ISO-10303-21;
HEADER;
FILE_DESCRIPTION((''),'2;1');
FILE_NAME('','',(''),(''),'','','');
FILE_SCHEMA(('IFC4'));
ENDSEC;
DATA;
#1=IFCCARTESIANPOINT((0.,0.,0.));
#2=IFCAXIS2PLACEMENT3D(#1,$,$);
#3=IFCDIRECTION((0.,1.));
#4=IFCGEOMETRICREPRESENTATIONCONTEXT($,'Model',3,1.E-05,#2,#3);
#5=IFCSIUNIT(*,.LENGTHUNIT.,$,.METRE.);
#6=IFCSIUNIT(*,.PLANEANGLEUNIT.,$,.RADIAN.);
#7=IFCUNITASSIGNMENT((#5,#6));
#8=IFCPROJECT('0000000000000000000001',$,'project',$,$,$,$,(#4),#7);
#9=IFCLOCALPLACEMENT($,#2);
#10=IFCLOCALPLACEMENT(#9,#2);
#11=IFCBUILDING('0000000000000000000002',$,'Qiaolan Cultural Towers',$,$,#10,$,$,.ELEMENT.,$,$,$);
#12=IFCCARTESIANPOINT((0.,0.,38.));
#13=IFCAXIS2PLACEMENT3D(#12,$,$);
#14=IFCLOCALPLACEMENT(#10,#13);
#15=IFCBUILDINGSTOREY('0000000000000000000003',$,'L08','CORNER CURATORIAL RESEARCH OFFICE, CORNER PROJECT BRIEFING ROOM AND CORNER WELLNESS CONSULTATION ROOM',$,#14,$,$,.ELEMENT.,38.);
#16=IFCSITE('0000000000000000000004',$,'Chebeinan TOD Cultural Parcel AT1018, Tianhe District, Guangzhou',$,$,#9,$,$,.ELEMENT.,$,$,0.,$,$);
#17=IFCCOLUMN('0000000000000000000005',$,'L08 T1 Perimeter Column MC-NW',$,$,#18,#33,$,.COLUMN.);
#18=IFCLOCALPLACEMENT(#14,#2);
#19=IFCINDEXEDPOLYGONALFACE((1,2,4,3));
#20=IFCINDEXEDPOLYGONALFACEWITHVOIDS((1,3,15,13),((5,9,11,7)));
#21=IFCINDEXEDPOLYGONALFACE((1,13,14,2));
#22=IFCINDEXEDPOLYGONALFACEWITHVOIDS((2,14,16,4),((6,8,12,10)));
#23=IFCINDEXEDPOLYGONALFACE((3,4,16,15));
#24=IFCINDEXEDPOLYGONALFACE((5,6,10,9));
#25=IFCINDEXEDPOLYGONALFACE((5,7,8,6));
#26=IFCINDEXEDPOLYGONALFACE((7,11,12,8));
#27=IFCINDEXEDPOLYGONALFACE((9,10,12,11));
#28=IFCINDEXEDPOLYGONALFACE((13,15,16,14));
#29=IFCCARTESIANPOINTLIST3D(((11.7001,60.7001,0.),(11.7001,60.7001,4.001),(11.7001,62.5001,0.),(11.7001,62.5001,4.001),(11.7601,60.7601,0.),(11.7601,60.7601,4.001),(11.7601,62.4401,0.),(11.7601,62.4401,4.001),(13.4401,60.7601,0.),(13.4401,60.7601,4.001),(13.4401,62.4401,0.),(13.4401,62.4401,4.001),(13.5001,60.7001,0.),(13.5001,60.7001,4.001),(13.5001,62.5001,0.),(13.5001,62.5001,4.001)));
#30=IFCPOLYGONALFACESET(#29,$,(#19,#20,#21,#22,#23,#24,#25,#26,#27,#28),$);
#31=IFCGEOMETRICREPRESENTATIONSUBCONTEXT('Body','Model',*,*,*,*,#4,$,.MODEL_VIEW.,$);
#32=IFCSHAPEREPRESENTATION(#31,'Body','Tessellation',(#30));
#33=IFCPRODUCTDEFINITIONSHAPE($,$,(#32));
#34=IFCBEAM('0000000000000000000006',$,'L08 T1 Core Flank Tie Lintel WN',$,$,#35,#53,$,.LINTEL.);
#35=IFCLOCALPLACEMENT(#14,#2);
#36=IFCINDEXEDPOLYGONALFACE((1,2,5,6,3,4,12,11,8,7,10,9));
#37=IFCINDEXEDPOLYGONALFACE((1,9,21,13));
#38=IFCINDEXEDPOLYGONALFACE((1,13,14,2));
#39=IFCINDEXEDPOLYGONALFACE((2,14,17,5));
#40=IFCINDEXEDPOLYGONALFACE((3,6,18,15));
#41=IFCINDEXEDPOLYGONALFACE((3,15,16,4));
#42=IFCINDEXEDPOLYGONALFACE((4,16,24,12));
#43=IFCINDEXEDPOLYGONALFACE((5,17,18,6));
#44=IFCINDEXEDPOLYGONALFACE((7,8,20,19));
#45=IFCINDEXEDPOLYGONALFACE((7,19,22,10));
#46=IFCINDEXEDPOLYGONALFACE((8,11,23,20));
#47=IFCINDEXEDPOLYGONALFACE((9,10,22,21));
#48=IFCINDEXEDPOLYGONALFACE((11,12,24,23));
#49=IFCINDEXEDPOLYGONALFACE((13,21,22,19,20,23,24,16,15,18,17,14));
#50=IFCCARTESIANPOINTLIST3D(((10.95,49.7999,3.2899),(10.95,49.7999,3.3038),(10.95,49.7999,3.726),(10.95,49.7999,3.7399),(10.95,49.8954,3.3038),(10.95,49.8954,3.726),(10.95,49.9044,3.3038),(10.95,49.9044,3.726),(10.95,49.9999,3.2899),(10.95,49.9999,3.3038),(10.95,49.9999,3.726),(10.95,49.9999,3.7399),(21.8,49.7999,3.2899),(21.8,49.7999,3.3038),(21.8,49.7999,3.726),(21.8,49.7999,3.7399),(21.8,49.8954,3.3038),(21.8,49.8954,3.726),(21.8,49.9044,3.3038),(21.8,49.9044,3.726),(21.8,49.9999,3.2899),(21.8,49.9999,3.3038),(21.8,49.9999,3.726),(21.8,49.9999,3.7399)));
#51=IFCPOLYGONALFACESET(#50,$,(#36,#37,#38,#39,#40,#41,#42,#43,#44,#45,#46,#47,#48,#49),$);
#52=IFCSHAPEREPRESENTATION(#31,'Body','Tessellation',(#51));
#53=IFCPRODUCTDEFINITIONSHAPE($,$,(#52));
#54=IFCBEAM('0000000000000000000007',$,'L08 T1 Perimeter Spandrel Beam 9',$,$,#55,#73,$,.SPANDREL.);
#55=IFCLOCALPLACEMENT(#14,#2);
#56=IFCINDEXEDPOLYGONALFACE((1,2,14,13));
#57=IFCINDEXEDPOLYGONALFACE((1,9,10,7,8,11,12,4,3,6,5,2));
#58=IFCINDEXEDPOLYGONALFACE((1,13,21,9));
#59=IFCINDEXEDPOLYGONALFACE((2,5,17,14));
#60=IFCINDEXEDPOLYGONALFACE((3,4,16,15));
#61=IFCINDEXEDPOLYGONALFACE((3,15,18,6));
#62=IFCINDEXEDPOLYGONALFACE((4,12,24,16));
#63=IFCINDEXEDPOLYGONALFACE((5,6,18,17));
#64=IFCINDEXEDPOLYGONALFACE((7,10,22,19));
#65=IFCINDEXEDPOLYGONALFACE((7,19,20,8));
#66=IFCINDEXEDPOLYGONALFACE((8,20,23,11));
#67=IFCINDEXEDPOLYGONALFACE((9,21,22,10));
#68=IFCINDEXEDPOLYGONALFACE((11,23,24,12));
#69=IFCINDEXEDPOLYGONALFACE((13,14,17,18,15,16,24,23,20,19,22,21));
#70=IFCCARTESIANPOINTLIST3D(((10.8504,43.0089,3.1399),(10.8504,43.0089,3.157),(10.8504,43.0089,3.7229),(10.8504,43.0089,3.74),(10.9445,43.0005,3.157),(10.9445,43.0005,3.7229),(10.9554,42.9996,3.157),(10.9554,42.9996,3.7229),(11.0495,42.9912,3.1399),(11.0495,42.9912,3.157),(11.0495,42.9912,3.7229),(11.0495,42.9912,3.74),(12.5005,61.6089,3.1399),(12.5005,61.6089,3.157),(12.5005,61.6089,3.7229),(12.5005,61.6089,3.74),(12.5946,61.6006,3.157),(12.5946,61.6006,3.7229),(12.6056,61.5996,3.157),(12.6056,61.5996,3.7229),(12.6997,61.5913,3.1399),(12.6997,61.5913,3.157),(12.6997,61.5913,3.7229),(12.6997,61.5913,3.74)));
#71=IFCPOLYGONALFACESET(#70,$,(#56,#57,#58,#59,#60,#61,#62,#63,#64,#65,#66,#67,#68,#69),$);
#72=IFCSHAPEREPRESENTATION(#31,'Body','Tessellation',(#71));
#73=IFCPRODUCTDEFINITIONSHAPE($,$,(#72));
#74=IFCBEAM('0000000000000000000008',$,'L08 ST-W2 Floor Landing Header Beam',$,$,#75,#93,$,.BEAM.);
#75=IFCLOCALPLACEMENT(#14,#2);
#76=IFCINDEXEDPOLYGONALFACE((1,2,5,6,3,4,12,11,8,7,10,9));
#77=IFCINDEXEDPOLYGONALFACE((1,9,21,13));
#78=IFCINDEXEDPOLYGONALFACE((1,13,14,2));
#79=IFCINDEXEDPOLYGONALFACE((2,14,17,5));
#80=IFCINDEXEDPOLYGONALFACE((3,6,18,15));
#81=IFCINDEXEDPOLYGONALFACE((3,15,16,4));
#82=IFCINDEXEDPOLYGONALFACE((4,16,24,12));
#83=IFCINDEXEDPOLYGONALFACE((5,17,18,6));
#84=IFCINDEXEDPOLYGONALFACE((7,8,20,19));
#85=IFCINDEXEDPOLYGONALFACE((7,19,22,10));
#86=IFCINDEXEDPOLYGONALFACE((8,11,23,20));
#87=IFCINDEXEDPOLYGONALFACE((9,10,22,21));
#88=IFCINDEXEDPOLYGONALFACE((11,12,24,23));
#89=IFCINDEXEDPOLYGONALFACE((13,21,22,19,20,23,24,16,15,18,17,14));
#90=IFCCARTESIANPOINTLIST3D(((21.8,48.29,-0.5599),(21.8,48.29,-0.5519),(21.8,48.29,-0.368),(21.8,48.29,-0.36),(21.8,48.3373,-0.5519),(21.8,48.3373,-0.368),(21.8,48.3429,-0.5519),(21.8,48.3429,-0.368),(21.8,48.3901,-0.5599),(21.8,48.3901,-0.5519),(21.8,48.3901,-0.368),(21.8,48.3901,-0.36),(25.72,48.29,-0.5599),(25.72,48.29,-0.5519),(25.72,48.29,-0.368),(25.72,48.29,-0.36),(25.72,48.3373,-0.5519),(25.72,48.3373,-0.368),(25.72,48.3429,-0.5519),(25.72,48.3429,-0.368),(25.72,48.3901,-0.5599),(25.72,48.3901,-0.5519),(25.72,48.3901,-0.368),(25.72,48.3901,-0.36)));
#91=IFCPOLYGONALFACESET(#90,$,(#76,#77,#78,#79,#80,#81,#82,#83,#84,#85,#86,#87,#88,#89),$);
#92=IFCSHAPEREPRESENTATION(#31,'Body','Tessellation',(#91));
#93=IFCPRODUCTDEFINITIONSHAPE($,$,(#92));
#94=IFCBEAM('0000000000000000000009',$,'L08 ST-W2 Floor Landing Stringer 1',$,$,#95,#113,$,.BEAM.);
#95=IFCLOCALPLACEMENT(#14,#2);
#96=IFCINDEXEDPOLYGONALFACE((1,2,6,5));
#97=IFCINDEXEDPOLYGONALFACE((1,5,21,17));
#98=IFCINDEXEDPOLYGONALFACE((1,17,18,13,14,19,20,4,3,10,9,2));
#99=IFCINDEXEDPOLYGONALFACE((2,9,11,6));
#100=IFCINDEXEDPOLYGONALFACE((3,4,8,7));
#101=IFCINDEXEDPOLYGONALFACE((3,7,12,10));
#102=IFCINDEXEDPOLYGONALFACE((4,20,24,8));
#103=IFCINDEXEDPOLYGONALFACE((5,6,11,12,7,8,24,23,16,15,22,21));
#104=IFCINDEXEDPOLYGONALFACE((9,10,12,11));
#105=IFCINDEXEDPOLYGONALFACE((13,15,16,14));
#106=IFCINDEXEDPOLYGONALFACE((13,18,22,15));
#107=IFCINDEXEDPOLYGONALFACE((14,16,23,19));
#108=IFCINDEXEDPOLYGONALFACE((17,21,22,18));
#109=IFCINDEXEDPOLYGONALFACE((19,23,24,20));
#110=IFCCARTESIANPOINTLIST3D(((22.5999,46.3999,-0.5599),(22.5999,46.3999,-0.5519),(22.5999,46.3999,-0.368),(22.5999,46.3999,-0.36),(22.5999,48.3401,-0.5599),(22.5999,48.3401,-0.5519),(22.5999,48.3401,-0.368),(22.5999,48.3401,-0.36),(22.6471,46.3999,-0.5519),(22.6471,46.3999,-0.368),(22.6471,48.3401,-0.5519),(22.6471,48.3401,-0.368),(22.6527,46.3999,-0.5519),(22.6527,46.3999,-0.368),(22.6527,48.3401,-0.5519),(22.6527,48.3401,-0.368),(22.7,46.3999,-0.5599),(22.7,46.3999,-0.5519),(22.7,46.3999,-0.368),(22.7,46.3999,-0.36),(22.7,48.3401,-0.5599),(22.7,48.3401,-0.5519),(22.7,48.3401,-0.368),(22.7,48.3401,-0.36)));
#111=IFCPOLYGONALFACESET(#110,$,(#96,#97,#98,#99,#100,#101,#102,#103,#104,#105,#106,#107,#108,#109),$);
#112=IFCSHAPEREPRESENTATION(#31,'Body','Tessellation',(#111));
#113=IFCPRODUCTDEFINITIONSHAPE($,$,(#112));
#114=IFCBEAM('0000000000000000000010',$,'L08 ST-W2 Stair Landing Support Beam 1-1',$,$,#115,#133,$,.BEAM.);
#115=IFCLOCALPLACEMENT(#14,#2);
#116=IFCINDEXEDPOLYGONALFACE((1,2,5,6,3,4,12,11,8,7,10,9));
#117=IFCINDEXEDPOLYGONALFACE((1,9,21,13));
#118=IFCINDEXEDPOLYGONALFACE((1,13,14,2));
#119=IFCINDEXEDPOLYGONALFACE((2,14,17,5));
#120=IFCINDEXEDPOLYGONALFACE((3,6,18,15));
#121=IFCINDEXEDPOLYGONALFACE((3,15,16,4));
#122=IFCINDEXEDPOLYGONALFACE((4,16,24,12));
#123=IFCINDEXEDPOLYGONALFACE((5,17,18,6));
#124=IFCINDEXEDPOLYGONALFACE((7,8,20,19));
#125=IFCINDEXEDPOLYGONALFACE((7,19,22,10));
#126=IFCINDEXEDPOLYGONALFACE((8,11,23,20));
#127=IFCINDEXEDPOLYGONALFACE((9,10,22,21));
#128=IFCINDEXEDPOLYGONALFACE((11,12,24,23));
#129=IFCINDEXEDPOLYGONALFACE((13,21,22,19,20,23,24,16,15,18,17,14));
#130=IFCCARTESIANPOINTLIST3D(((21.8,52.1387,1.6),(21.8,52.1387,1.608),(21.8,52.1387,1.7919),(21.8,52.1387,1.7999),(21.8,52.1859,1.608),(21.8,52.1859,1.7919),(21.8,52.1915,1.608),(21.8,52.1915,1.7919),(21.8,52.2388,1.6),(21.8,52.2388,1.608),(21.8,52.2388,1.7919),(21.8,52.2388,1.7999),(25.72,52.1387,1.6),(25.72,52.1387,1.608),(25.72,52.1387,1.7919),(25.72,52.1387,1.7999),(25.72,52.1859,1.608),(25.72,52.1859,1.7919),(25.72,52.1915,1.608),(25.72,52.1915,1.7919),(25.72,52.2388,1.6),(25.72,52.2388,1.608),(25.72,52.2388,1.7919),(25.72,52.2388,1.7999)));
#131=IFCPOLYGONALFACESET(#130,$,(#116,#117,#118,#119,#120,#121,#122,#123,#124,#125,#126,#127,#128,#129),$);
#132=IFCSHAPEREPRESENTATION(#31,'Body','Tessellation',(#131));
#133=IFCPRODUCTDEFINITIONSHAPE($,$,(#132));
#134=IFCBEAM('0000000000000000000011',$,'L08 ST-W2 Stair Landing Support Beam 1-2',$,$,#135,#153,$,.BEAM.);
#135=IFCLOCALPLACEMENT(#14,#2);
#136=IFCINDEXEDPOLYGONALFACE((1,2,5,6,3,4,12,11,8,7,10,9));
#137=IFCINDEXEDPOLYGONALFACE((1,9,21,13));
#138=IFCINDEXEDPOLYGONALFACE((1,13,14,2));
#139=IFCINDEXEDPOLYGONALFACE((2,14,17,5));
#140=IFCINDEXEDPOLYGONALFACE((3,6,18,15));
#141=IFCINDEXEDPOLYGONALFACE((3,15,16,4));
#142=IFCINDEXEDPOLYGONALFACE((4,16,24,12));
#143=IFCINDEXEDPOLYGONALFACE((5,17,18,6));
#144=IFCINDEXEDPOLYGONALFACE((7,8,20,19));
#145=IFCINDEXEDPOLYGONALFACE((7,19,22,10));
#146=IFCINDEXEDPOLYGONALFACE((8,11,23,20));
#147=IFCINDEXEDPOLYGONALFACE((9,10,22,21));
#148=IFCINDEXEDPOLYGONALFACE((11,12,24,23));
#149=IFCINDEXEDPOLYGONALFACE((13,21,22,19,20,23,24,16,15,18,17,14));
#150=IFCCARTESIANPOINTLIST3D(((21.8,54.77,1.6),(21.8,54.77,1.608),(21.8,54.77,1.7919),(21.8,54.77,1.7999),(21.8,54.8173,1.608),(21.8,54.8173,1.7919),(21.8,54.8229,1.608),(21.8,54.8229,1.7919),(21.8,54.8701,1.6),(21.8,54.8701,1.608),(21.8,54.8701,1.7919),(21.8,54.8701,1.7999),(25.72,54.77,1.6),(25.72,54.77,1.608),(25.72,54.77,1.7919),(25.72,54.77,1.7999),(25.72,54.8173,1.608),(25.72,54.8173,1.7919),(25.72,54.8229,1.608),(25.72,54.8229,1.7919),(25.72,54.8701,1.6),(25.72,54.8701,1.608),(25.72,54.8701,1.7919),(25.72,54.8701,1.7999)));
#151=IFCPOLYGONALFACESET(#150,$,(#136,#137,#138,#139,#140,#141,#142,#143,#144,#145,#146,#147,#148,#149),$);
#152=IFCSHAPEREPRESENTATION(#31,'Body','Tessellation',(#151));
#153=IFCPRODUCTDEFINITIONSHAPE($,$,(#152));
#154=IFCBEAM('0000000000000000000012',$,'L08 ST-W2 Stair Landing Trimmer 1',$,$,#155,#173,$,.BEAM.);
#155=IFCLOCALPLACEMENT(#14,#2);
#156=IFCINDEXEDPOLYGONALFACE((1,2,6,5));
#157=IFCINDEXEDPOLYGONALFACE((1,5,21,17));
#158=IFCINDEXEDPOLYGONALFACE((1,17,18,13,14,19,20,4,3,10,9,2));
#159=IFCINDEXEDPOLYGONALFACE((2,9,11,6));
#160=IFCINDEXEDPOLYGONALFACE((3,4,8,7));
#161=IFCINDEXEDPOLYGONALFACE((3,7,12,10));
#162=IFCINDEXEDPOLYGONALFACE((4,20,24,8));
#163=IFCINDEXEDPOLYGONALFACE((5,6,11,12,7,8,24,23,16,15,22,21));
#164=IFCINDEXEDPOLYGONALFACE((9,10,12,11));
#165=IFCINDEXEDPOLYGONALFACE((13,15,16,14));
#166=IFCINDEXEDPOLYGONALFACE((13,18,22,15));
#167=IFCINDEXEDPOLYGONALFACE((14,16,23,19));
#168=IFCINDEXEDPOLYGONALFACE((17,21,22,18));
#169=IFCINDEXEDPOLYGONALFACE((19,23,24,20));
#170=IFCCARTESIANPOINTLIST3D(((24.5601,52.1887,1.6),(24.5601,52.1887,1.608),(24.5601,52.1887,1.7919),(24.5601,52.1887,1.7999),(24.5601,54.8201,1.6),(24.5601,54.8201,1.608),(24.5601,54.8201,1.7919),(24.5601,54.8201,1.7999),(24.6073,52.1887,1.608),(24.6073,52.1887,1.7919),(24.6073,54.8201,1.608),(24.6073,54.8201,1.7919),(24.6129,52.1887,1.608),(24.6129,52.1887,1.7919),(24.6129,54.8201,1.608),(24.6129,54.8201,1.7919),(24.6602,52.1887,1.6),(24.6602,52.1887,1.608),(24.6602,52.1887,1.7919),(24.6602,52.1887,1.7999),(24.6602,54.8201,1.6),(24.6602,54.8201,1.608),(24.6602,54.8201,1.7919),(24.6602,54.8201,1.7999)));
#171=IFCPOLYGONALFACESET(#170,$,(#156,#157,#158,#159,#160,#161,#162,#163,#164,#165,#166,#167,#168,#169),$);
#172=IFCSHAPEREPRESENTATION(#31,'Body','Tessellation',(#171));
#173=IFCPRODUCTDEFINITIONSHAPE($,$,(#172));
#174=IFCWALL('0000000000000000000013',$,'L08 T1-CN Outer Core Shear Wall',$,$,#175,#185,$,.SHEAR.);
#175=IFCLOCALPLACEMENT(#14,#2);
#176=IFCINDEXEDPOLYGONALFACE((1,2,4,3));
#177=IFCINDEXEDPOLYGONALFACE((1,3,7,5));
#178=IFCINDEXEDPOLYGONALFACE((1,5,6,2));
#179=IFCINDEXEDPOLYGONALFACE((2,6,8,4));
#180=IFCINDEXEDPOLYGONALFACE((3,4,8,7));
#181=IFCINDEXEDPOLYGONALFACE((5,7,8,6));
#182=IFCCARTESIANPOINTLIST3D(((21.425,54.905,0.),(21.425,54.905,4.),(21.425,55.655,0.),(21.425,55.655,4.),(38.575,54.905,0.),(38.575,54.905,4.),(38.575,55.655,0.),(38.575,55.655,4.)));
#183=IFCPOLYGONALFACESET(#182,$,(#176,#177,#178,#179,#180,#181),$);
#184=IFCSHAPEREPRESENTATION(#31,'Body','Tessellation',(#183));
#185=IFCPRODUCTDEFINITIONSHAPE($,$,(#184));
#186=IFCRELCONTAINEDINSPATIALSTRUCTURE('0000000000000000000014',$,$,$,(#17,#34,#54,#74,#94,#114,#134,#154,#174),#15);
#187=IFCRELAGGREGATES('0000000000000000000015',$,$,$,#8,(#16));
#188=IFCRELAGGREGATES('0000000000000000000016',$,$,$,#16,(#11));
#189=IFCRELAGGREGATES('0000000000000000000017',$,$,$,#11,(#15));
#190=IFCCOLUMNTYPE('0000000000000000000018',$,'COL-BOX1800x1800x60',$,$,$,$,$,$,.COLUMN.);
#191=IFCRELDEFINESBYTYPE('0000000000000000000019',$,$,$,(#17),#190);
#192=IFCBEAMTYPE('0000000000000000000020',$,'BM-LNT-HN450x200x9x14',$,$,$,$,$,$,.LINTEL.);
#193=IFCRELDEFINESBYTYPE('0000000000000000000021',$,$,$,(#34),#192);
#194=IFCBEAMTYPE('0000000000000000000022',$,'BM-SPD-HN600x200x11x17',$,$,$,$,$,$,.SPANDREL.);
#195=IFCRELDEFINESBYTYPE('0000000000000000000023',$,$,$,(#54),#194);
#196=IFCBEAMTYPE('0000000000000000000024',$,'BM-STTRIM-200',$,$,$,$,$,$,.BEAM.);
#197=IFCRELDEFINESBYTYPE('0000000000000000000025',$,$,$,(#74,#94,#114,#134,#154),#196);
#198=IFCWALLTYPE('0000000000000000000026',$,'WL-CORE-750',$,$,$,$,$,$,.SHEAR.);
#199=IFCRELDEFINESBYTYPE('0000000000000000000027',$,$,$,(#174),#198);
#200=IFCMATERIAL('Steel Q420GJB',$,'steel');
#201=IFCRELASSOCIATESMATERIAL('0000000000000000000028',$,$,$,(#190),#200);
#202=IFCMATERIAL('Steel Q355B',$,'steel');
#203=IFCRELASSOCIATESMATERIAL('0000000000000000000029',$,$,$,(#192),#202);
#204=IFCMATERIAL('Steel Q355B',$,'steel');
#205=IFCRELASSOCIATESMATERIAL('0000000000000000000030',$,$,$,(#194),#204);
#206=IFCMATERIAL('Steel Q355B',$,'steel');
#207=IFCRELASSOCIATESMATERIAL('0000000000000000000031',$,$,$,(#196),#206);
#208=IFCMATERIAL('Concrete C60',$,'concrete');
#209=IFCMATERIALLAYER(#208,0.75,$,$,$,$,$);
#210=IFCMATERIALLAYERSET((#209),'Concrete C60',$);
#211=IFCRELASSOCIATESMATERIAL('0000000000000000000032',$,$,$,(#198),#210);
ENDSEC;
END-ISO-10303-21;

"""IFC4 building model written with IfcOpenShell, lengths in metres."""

from ifc_helpers import new_model, si_unit, direction, frame, frame_2d, origin, origin_2d, place, context, subcontext, project, spatial, rectangle, hollow_rectangle, i_section, extrude, material, layer, layer_set, material_profile, profile_set, type_object, element, save


model = new_model("IFC4")

# Units and contexts
model_context = context("Model", 3, precision=1e-05, world=origin(), true_north=direction((0.0, 1.0)))
body_context = subcontext(model_context, "Body", "Model", "MODEL_VIEW")
ifc_project = project(units=[si_unit("LENGTHUNIT", "METRE"), si_unit("PLANEANGLEUNIT", "RADIAN")], contexts=[model_context])

# Site, building, storey
site_placement = place(None, origin())
site = spatial("IfcSite", under=ifc_project, at=site_placement, Name="Chebeinan TOD Cultural Parcel AT1018, Tianhe District, Guangzhou", CompositionType="ELEMENT", RefElevation=0.0)
building_placement = place(site_placement, origin())
building = spatial("IfcBuilding", under=site, at=building_placement, Name="Qiaolan Cultural Towers", CompositionType="ELEMENT")
storey_placement = place(building_placement, frame((0.0, 0.0, 38.0)))
storey = spatial("IfcBuildingStorey", under=building, at=storey_placement, Name="L08", Description="CORNER CURATORIAL RESEARCH OFFICE, CORNER PROJECT BRIEFING ROOM AND CORNER WELLNESS CONSULTATION ROOM", CompositionType="ELEMENT", Elevation=38.0)

# Column
ifc_material_1 = material(Name="Steel Q420GJB", Category="steel")
ifc_material_profile_1 = material_profile(ifc_material_1, hollow_rectangle(XDim=1.8, YDim=1.8, WallThickness=0.0601, at=origin_2d()), Name="BOX1800x1800x60")
ifc_profile_set_1 = profile_set([ifc_material_profile_1], Name="Steel Q420GJB")
column_type = type_object("IfcColumnType", Name="COL-BOX1800x1800x60", PredefinedType="COLUMN", material=ifc_profile_set_1)
column_placement = place(storey_placement, frame((12.6001, 61.6001, 0.0), z_axis=(0.0, 0.0, 1.0), x_axis=(1.0, 0.0, 0.0)))
element("IfcColumn", 1, at=column_placement, inside=storey, type_object=column_type, Name="L08 T1 Perimeter Column MC-NW", PredefinedType="COLUMN", context=body_context, shape_type="SweptSolid", body=[
    extrude(hollow_rectangle(XDim=1.8, YDim=1.8, WallThickness=0.0601, at=origin_2d()), origin(), (0.0, 0.0, 1.0), 4.001),
])

# Beams
ifc_material_2 = material(Name="Steel Q355B", Category="steel")
ifc_material_profile_2 = material_profile(ifc_material_2, i_section(OverallWidth=0.2, OverallDepth=0.45, WebThickness=0.009, FlangeThickness=0.0139, at=origin_2d()), Name="HN450x200x9x14")
ifc_profile_set_2 = profile_set([ifc_material_profile_2], Name="Steel Q355B")
beam_type_1 = type_object("IfcBeamType", Name="BM-LNT-HN450x200x9x14", PredefinedType="LINTEL", material=ifc_profile_set_2)
beam_1_placement = place(storey_placement, frame((21.8, 49.8999, 3.5149), z_axis=(-1.0, 0.0, 0.0), x_axis=(0.0, -1.0, 0.0)))
element("IfcBeam", 2, at=beam_1_placement, inside=storey, type_object=beam_type_1, Name="L08 T1 Core Flank Tie Lintel WN", PredefinedType="LINTEL", context=body_context, shape_type="SweptSolid", body=[
    extrude(i_section(OverallWidth=0.2, OverallDepth=0.45, WebThickness=0.009, FlangeThickness=0.0139, at=origin_2d()), origin(), (0.0, 0.0, 1.0), 10.8501),
])
ifc_material_3 = material(Name="Steel Q355B", Category="steel")
ifc_material_profile_3 = material_profile(ifc_material_3, i_section(OverallWidth=0.2, OverallDepth=0.6001, WebThickness=0.011, FlangeThickness=0.0171, at=origin_2d()), Name="HN600x200x11x17")
ifc_profile_set_3 = profile_set([ifc_material_profile_3], Name="Steel Q355B")
beam_type_2 = type_object("IfcBeamType", Name="BM-SPD-HN600x200x11x17", PredefinedType="SPANDREL", material=ifc_profile_set_3)
beam_2_placement = place(storey_placement, frame((12.6001, 61.6001, 3.4399), z_axis=(-0.08837, -0.996088, 0.0), x_axis=(0.996088, -0.08837, 0.0)))
element("IfcBeam", 3, at=beam_2_placement, inside=storey, type_object=beam_type_2, Name="L08 T1 Perimeter Spandrel Beam 9", PredefinedType="SPANDREL", context=body_context, shape_type="SweptSolid", body=[
    extrude(i_section(OverallWidth=0.2, OverallDepth=0.6001, WebThickness=0.011, FlangeThickness=0.0171, at=origin_2d()), origin(), (0.0, 0.0, 1.0), 18.6731),
])
ifc_material_4 = material(Name="Steel Q355B", Category="steel")
ifc_material_profile_4 = material_profile(ifc_material_4, i_section(OverallWidth=0.1001, OverallDepth=0.2, WebThickness=0.0056, FlangeThickness=0.0081, at=origin_2d()), Name="HN200x100x5.5x8")
ifc_profile_set_4 = profile_set([ifc_material_profile_4], Name="Steel Q355B")
beam_type_3 = type_object("IfcBeamType", Name="BM-STTRIM-200", PredefinedType="BEAM", material=ifc_profile_set_4)
beam_3_placement = place(storey_placement, frame((21.8, 48.3401, -0.46), z_axis=(1.0, 0.0, 0.0), x_axis=(0.0, 1.0, 0.0)))
element("IfcBeam", 4, at=beam_3_placement, inside=storey, type_object=beam_type_3, Name="L08 ST-W2 Floor Landing Header Beam", PredefinedType="BEAM", context=body_context, shape_type="SweptSolid", body=[
    extrude(i_section(OverallWidth=0.1001, OverallDepth=0.2, WebThickness=0.0056, FlangeThickness=0.0081, at=origin_2d()), origin(), (0.0, 0.0, 1.0), 3.9199),
])
beam_4_placement = place(storey_placement, frame((22.6499, 46.3999, -0.46), z_axis=(0.0, 1.0, 0.0), x_axis=(-1.0, 0.0, 0.0)))
element("IfcBeam", 5, at=beam_4_placement, inside=storey, type_object=beam_type_3, Name="L08 ST-W2 Floor Landing Stringer 1", PredefinedType="BEAM", context=body_context, shape_type="SweptSolid", body=[
    extrude(i_section(OverallWidth=0.1001, OverallDepth=0.2, WebThickness=0.0056, FlangeThickness=0.0081, at=origin_2d()), origin(), (0.0, 0.0, 1.0), 1.9402),
])
for number, where, z_axis, x_axis, name in (
    (6, (21.8, 52.1887, 1.7), (1.0, 0.0, 0.0), (0.0, 1.0, 0.0), "L08 ST-W2 Stair Landing Support Beam 1-1"),
    (7, (21.8, 54.8201, 1.7), (1.0, 0.0, 0.0), (0.0, 1.0, 0.0), "L08 ST-W2 Stair Landing Support Beam 1-2"),
):
    element("IfcBeam", number, at=place(storey_placement, frame(where, z_axis=z_axis, x_axis=x_axis)), inside=storey, type_object=beam_type_3, Name=name, PredefinedType="BEAM", context=body_context, shape_type="SweptSolid", body=[
        extrude(i_section(OverallWidth=0.1001, OverallDepth=0.2, WebThickness=0.0056, FlangeThickness=0.0081, at=origin_2d()), origin(), (0.0, 0.0, 1.0), 3.9199),
    ])
beam_5_placement = place(storey_placement, frame((24.6101, 52.1887, 1.7), z_axis=(0.0, 1.0, 0.0), x_axis=(-1.0, 0.0, 0.0)))
element("IfcBeam", 8, at=beam_5_placement, inside=storey, type_object=beam_type_3, Name="L08 ST-W2 Stair Landing Trimmer 1", PredefinedType="BEAM", context=body_context, shape_type="SweptSolid", body=[
    extrude(i_section(OverallWidth=0.1001, OverallDepth=0.2, WebThickness=0.0056, FlangeThickness=0.0081, at=origin_2d()), origin(), (0.0, 0.0, 1.0), 2.6313),
])

# Wall
ifc_material_5 = material(Name="Concrete C60", Category="concrete")
ifc_layer_1 = layer(ifc_material_5, 0.75)
ifc_layer_set_1 = layer_set([ifc_layer_1], Name="Concrete C60")
wall_type_1 = type_object("IfcWallType", Name="WL-CORE-750", PredefinedType="SHEAR", material=ifc_layer_set_1)
wall_1_placement = place(storey_placement, frame((21.425, 55.28, 0.0), z_axis=(0.0, 0.0, 1.0), x_axis=(1.0, 0.0, 0.0)))
element("IfcWall", 9, at=wall_1_placement, inside=storey, type_object=wall_type_1, Name="L08 T1-CN Outer Core Shear Wall", PredefinedType="SHEAR", context=body_context, shape_type="SweptSolid", body=[
    extrude(rectangle(XDim=17.1499, YDim=0.75, at=frame_2d((8.575, 0.0))), origin(), (0.0, 0.0, 1.0), 4.0),
])

save(model, "model.ifc")
